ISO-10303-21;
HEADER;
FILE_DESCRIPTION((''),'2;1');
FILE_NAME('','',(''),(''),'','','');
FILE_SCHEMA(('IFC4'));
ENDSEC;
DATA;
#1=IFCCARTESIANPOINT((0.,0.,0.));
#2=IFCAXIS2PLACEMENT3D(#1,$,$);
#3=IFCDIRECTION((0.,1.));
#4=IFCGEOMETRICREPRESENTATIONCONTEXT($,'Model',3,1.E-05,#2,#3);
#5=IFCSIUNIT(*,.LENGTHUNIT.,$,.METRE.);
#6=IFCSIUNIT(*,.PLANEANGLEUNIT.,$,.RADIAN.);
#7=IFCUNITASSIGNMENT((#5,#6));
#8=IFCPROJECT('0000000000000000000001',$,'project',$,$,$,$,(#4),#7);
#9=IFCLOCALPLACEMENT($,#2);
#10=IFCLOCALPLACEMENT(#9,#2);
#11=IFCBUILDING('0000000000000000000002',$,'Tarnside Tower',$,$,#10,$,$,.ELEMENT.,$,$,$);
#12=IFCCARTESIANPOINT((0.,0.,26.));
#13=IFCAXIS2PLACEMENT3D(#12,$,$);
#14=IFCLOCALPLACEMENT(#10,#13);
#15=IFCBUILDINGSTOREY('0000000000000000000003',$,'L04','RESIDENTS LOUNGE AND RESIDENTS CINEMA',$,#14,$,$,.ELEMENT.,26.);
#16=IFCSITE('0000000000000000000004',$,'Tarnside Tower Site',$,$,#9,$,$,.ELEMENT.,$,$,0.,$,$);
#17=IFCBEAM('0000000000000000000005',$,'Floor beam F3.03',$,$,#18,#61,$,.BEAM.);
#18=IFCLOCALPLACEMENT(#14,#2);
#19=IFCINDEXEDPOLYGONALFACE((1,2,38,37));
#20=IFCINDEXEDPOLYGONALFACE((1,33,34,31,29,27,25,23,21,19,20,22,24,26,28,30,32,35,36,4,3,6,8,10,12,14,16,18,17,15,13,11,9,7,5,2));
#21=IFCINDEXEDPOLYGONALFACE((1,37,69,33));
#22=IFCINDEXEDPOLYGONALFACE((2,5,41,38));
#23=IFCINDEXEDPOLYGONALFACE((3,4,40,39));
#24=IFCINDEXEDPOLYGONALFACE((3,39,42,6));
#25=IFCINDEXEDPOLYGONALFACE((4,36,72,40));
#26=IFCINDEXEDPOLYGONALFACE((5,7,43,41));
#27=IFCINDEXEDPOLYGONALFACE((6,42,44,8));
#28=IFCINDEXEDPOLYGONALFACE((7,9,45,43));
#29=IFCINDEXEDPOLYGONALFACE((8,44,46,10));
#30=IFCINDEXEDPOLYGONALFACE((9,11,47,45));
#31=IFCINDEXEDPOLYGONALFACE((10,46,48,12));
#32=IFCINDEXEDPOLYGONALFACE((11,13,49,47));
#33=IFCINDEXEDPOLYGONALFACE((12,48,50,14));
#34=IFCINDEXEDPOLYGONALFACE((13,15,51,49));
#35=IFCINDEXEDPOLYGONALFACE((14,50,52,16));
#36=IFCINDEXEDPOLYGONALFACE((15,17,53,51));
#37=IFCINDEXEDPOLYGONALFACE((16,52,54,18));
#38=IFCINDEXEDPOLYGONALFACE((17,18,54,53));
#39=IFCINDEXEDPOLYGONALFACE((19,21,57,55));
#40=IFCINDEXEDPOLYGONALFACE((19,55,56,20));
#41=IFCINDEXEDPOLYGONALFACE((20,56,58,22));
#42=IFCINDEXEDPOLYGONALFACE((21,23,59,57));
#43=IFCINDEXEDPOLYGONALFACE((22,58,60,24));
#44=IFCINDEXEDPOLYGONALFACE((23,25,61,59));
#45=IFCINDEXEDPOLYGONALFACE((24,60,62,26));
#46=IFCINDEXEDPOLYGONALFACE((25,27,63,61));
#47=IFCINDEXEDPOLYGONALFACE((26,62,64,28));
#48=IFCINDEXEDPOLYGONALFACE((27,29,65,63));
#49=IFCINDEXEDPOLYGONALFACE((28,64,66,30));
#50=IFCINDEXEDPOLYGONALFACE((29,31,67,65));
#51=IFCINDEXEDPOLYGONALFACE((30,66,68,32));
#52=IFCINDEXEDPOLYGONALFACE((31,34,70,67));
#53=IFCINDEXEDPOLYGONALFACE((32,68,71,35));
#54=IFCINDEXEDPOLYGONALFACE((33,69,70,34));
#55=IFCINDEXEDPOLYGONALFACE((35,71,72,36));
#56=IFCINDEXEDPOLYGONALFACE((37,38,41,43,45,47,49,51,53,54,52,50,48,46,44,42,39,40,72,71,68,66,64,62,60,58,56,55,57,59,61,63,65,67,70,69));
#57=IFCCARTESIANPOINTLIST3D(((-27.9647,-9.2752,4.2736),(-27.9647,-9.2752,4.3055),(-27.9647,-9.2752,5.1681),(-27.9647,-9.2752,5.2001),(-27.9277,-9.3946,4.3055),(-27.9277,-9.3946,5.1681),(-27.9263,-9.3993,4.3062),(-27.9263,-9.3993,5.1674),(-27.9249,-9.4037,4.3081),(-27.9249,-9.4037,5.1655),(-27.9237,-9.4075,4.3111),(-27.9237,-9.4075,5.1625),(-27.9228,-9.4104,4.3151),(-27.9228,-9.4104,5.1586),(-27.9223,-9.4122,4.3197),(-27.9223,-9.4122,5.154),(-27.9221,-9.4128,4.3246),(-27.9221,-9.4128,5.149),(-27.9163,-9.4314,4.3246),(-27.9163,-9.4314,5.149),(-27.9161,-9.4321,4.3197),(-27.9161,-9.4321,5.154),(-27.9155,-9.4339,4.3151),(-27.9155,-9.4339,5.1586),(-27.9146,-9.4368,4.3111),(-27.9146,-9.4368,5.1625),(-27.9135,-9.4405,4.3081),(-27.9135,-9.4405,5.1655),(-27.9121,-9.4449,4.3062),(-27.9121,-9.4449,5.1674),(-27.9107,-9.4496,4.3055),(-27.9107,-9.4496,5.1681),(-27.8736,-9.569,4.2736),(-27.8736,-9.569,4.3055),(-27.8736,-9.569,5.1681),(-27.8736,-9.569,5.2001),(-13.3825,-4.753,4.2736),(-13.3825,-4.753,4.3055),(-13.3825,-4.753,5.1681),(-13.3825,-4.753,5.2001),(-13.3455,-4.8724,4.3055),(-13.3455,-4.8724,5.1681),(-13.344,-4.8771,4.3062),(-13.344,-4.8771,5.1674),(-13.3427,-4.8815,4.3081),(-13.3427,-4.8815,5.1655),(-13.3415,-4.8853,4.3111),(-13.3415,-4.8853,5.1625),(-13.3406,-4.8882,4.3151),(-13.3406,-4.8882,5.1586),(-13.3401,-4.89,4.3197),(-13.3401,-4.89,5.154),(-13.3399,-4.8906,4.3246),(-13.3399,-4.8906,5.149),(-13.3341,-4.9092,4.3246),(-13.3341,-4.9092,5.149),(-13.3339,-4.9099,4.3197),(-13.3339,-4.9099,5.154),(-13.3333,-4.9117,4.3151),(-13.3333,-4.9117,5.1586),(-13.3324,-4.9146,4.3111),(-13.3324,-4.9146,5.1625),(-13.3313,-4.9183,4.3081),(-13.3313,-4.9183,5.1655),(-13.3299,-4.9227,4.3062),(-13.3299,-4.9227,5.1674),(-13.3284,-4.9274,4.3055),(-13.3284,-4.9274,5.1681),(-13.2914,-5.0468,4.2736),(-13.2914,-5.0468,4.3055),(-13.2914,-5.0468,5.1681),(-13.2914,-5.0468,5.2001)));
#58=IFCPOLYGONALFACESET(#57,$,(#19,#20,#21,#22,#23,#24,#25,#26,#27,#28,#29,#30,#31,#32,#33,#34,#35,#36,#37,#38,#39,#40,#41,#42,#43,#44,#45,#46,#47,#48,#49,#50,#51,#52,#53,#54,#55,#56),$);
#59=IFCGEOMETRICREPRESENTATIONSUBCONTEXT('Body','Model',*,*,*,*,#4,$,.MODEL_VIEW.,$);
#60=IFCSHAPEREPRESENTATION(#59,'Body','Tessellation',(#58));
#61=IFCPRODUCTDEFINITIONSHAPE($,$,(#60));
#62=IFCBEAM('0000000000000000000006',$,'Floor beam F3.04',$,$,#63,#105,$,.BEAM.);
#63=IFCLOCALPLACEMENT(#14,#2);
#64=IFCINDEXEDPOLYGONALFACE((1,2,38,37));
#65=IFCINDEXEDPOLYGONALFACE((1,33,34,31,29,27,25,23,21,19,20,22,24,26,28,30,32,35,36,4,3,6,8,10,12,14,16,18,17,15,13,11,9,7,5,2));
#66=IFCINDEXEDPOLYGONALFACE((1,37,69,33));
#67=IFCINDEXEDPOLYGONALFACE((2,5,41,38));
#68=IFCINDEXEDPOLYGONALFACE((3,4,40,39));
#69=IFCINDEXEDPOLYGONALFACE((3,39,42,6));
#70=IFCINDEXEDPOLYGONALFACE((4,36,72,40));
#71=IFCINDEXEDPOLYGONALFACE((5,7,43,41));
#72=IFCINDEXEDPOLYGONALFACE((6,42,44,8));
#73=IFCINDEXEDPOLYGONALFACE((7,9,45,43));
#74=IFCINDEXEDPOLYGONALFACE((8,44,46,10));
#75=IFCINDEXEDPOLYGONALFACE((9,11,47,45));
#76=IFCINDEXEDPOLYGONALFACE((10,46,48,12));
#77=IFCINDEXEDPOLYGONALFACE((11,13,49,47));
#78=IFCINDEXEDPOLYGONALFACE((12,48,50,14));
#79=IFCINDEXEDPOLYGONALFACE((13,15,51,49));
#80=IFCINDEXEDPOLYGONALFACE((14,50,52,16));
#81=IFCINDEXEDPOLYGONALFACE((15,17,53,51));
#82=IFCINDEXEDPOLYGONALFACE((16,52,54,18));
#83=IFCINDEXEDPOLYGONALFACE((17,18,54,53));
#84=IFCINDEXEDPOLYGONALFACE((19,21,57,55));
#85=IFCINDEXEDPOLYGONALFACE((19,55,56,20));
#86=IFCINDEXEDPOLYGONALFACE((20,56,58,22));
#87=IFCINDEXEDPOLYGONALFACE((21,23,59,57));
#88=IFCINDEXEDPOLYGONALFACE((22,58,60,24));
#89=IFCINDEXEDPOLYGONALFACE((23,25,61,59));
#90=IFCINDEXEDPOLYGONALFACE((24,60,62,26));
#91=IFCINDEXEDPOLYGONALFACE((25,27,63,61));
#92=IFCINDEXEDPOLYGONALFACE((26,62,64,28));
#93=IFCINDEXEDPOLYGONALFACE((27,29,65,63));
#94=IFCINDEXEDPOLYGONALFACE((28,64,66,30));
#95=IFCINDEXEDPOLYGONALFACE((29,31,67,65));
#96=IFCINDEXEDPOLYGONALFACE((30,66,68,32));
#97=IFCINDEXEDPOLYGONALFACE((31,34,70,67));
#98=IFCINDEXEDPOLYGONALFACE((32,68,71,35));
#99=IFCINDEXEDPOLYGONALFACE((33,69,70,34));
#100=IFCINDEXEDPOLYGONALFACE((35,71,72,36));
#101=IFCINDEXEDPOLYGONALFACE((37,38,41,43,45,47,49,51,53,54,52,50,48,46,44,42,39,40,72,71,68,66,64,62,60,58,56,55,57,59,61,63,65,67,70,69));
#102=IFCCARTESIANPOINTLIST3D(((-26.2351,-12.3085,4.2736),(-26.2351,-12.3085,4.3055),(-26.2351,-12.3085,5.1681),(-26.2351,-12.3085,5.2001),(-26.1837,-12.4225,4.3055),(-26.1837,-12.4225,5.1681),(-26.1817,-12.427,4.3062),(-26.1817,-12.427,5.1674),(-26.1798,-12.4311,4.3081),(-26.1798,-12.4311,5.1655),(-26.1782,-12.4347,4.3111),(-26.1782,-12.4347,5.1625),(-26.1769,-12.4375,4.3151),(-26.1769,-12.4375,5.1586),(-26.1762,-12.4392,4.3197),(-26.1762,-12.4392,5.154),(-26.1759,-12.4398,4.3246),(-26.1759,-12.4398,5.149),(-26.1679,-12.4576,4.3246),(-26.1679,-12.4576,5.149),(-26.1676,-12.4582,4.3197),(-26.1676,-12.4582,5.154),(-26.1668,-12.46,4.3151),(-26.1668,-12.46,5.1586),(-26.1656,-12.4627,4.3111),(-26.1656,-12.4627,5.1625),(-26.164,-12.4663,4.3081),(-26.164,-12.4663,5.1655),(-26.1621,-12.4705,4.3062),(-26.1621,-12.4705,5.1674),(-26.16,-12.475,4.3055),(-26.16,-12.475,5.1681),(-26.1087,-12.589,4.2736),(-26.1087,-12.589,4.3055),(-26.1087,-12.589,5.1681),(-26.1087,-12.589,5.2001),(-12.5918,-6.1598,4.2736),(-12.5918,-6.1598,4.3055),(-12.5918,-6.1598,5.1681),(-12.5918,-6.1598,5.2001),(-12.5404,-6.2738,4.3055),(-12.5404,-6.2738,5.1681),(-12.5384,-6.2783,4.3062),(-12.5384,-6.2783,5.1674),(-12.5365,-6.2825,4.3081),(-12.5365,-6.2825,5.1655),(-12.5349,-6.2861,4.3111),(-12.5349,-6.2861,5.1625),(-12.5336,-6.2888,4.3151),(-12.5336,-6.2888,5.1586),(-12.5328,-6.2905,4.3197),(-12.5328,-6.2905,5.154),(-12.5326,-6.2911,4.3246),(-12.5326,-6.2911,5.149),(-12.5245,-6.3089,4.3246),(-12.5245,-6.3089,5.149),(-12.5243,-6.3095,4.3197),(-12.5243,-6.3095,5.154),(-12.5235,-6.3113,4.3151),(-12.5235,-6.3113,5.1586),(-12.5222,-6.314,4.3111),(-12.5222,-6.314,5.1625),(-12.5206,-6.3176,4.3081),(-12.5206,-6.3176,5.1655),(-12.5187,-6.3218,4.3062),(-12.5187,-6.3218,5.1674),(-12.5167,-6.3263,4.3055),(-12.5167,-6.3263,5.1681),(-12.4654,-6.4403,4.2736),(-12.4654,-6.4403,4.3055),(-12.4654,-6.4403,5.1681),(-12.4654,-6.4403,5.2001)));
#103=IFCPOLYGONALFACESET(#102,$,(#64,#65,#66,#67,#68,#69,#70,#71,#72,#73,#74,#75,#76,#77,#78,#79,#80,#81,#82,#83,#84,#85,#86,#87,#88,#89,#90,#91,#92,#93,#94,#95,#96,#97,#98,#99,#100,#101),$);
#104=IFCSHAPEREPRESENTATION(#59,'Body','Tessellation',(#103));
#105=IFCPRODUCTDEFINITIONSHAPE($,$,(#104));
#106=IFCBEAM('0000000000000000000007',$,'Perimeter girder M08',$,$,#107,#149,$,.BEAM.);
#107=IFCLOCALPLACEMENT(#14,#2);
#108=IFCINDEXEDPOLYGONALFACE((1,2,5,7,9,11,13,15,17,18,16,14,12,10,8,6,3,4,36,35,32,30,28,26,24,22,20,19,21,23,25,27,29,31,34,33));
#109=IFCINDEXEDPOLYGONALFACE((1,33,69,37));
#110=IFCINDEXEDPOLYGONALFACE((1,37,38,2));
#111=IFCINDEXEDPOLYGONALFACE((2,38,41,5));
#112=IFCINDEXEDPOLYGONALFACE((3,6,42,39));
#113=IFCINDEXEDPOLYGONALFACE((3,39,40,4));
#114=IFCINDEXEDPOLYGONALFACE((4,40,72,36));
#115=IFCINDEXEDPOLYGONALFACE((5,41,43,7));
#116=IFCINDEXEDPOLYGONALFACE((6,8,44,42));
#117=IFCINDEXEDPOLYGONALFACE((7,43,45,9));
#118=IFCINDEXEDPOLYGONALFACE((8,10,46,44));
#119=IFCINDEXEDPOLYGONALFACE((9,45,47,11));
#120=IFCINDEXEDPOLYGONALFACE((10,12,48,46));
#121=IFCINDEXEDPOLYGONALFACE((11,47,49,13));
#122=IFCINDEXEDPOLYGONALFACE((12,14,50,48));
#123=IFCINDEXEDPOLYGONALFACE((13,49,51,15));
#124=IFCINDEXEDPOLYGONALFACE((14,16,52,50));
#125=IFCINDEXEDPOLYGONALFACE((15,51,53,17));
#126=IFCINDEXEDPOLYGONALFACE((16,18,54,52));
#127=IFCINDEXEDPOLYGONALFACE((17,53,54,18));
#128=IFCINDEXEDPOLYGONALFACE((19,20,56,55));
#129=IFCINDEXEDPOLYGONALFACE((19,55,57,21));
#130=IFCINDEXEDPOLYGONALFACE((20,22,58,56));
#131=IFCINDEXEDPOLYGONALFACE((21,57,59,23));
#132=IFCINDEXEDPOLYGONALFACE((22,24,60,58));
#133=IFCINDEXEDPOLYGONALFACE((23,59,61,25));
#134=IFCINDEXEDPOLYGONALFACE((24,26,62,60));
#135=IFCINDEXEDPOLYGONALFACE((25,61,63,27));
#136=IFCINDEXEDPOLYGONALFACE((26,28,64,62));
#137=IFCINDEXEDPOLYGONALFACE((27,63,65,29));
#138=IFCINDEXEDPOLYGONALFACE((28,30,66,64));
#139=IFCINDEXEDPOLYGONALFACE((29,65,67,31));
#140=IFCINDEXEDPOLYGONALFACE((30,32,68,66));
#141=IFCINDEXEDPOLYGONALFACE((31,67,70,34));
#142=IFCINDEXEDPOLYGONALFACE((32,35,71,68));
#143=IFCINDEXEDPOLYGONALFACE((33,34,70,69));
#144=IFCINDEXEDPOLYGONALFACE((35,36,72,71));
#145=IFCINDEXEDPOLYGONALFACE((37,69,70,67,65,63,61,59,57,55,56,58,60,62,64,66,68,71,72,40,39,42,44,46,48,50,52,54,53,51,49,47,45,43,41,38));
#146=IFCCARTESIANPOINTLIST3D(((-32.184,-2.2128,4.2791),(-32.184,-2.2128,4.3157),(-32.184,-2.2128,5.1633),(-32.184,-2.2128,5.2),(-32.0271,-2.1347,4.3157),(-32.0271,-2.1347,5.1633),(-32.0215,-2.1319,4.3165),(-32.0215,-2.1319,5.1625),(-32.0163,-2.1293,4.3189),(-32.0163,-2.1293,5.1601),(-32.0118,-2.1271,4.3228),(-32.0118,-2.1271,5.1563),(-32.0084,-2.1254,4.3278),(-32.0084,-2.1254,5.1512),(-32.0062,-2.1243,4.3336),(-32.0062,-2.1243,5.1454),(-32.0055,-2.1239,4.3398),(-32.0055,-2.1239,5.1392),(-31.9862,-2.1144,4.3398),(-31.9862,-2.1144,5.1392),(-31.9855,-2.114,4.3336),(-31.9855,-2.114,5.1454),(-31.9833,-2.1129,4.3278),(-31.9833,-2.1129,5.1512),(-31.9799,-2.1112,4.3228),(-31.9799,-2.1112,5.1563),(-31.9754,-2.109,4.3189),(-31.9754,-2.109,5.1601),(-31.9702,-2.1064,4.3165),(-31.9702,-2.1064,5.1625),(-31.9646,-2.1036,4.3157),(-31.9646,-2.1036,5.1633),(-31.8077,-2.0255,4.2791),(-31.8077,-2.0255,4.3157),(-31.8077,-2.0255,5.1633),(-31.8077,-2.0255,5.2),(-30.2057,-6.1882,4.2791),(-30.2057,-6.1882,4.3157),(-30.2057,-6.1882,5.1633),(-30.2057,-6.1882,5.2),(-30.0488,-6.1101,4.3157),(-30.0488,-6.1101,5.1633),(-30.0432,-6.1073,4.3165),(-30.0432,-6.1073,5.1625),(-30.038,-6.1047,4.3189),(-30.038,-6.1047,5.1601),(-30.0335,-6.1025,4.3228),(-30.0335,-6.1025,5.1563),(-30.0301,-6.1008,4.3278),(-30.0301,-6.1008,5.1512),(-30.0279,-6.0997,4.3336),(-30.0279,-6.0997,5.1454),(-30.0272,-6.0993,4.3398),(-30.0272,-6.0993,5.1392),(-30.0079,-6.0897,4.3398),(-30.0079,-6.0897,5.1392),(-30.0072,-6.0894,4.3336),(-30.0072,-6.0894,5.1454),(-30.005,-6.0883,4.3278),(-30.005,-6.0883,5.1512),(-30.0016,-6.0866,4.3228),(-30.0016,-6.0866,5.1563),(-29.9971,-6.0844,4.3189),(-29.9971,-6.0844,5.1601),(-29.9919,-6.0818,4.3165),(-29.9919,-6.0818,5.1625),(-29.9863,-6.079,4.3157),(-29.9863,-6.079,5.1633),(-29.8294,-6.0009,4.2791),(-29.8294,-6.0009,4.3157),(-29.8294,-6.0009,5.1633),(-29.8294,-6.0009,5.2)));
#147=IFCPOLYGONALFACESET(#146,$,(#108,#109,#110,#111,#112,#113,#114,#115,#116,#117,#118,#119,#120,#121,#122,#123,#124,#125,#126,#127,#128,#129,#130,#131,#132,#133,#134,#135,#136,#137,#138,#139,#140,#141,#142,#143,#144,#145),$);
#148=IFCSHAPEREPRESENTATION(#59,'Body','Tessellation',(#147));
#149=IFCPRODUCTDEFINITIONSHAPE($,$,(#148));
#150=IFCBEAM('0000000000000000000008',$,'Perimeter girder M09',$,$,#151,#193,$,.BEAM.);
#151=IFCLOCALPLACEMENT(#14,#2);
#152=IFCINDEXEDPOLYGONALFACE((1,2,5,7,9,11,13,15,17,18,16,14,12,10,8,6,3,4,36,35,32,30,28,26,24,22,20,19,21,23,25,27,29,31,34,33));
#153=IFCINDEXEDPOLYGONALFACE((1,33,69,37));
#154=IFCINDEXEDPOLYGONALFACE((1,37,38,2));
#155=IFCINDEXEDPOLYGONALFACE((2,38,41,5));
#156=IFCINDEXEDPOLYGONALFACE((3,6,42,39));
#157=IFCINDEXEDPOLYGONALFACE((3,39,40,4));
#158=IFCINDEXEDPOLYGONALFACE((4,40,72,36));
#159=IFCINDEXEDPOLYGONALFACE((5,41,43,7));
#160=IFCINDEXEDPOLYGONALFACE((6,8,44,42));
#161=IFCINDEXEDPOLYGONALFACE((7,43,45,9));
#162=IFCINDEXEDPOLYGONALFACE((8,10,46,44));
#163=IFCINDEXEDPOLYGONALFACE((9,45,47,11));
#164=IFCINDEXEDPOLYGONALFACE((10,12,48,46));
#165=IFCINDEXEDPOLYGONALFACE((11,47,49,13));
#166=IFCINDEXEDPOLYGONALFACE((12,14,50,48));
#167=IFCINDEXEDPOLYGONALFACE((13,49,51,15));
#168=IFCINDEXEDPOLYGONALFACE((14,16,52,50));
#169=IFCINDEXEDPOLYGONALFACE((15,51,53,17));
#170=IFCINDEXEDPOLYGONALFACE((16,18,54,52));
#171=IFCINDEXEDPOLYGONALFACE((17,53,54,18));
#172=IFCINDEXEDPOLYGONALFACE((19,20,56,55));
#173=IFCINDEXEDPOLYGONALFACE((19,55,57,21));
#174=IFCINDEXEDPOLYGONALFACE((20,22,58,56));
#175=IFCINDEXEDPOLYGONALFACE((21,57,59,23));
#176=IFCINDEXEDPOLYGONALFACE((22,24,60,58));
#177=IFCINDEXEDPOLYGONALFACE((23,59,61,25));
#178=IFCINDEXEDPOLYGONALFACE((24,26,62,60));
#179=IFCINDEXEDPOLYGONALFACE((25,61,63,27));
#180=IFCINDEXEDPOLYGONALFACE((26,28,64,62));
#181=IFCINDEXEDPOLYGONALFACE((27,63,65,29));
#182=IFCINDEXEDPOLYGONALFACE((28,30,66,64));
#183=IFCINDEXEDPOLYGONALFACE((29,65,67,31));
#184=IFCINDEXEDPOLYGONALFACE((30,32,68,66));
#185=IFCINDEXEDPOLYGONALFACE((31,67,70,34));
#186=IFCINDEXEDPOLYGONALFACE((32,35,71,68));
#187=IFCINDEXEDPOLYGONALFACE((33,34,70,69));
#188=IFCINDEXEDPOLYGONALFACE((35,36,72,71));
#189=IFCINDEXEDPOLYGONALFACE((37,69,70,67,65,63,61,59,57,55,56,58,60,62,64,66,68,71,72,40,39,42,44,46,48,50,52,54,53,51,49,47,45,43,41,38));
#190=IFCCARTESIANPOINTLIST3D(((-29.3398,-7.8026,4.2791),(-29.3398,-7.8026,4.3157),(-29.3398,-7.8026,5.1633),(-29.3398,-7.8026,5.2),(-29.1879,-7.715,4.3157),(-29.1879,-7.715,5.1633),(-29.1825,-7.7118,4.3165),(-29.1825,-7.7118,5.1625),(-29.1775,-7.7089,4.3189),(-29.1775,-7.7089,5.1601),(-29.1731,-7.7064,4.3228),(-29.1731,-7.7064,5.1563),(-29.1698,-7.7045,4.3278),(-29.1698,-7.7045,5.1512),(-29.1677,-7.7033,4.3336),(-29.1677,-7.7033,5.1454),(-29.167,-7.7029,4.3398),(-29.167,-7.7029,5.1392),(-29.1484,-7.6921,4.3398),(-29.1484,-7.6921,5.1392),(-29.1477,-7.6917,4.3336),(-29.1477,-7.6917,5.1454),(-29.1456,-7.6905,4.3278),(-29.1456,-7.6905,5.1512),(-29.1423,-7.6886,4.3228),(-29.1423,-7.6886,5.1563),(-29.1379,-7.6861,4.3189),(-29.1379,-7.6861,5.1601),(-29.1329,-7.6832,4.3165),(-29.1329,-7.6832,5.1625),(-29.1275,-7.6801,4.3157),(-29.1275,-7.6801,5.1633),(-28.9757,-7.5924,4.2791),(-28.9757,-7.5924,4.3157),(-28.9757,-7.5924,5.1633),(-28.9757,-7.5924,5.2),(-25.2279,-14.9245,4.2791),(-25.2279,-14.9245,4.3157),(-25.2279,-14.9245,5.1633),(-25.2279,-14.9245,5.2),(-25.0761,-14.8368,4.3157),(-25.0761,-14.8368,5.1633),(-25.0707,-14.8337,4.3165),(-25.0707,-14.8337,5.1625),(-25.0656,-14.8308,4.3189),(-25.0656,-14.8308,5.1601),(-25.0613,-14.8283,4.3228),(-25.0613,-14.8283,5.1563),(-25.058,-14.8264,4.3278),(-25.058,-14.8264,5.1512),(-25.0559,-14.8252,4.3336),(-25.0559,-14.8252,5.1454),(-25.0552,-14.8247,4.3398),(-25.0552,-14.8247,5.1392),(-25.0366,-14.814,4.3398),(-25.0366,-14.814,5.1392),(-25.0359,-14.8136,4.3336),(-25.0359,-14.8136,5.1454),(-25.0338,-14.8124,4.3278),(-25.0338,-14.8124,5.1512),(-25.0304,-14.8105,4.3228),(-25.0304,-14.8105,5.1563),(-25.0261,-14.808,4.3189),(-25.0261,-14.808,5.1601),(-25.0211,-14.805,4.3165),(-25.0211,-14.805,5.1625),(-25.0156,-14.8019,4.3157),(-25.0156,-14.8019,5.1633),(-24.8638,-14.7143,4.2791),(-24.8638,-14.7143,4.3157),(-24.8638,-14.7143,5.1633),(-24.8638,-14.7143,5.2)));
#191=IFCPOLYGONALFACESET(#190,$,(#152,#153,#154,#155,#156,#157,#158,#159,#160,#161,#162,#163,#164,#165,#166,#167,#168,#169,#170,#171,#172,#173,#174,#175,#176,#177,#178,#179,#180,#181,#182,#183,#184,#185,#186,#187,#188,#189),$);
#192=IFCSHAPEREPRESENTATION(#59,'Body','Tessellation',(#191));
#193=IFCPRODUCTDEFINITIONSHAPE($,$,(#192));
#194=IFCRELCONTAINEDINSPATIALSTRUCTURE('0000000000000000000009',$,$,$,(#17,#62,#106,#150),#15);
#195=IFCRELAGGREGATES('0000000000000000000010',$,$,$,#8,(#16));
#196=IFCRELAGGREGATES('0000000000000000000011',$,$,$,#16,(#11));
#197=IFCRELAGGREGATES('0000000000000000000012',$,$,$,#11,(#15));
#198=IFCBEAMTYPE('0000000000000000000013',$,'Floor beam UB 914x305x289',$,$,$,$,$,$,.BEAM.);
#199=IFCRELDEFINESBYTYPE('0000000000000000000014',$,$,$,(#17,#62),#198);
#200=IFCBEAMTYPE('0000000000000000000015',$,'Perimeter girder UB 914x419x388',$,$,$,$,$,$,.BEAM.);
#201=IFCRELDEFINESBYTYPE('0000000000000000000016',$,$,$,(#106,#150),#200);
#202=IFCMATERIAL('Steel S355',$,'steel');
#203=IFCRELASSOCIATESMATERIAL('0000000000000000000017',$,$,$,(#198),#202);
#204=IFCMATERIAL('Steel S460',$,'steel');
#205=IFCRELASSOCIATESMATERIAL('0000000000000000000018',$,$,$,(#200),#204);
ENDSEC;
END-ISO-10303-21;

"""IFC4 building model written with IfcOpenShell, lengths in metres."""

from ifc_helpers import new_model, si_unit, direction, frame, origin, origin_2d, place, context, subcontext, project, spatial, i_section, extrude, material, material_profile, profile_set, type_object, element, save


model = new_model("IFC4")

# Units and contexts
model_context = context("Model", 3, precision=1e-05, world=origin(), true_north=direction((0.0, 1.0)))
body_context = subcontext(model_context, "Body", "Model", "MODEL_VIEW")
ifc_project = project(units=[si_unit("LENGTHUNIT", "METRE"), si_unit("PLANEANGLEUNIT", "RADIAN")], contexts=[model_context])

# Site, building, storey
site_placement = place(None, origin())
site = spatial("IfcSite", under=ifc_project, at=site_placement, Name="Tarnside Tower Site", CompositionType="ELEMENT", RefElevation=0.0)
building_placement = place(site_placement, origin())
building = spatial("IfcBuilding", under=site, at=building_placement, Name="Tarnside Tower", CompositionType="ELEMENT")
storey_placement = place(building_placement, frame((0.0, 0.0, 26.0)))
storey = spatial("IfcBuildingStorey", under=building, at=storey_placement, Name="L04", Description="RESIDENTS LOUNGE AND RESIDENTS CINEMA", CompositionType="ELEMENT", Elevation=26.0)

# Beams
ifc_material_1 = material(Name="Steel S355", Category="steel")
ifc_material_profile_1 = material_profile(ifc_material_1, i_section(OverallWidth=0.3076, OverallDepth=0.9265, WebThickness=0.0195, FlangeThickness=0.032, FilletRadius=0.019, at=origin_2d()), Name="UB 914x305x289")
ifc_profile_set_1 = profile_set([ifc_material_profile_1], Name="Steel S355")
beam_type_1 = type_object("IfcBeamType", Name="Floor beam UB 914x305x289", PredefinedType="BEAM", material=ifc_profile_set_1)
beam_1_placement = place(storey_placement, frame((-27.9192, -9.4221, 4.7368), z_axis=(0.955126, 0.296201, 0.0), x_axis=(-0.296201, 0.955126, 0.0)))
element("IfcBeam", 1, at=beam_1_placement, inside=storey, type_object=beam_type_1, Name="Floor beam F3.03", PredefinedType="BEAM", context=body_context, shape_type="SweptSolid", body=[
    extrude(i_section(OverallWidth=0.3076, OverallDepth=0.9265, WebThickness=0.0195, FlangeThickness=0.032, FilletRadius=0.019, at=origin_2d()), origin(), (0.0, 0.0, 1.0), 15.2673),
])
beam_2_placement = place(storey_placement, frame((-26.1719, -12.4487, 4.7368), z_axis=(0.911692, 0.410875, 0.0), x_axis=(-0.410875, 0.911692, 0.0)))
element("IfcBeam", 2, at=beam_2_placement, inside=storey, type_object=beam_type_1, Name="Floor beam F3.04", PredefinedType="BEAM", context=body_context, shape_type="SweptSolid", body=[
    extrude(i_section(OverallWidth=0.3076, OverallDepth=0.9265, WebThickness=0.0195, FlangeThickness=0.032, FilletRadius=0.019, at=origin_2d()), origin(), (0.0, 0.0, 1.0), 14.9648),
])
ifc_material_2 = material(Name="Steel S460", Category="steel")
ifc_material_profile_2 = material_profile(ifc_material_2, i_section(OverallWidth=0.4204, OverallDepth=0.9209, WebThickness=0.0215, FlangeThickness=0.0366, FilletRadius=0.0242, at=origin_2d()), Name="UB 914x419x388")
ifc_profile_set_2 = profile_set([ifc_material_profile_2], Name="Steel S460")
beam_type_2 = type_object("IfcBeamType", Name="Perimeter girder UB 914x419x388", PredefinedType="BEAM", material=ifc_profile_set_2)
beam_3_placement = place(storey_placement, frame((-31.9958, -2.1191, 4.7395), z_axis=(0.445519, -0.895272, 0.0), x_axis=(0.895272, 0.445519, 0.0)))
element("IfcBeam", 3, at=beam_3_placement, inside=storey, type_object=beam_type_2, Name="Perimeter girder M08", PredefinedType="BEAM", context=body_context, shape_type="SweptSolid", body=[
    extrude(i_section(OverallWidth=0.4204, OverallDepth=0.9209, WebThickness=0.0215, FlangeThickness=0.0366, FilletRadius=0.0242, at=origin_2d()), origin(), (0.0, 0.0, 1.0), 4.4404),
])
beam_4_placement = place(storey_placement, frame((-29.1577, -7.6975, 4.7395), z_axis=(0.500003, -0.866024, 0.0), x_axis=(0.866024, 0.500003, 0.0)))
element("IfcBeam", 4, at=beam_4_placement, inside=storey, type_object=beam_type_2, Name="Perimeter girder M09", PredefinedType="BEAM", context=body_context, shape_type="SweptSolid", body=[
    extrude(i_section(OverallWidth=0.4204, OverallDepth=0.9209, WebThickness=0.0215, FlangeThickness=0.0366, FilletRadius=0.0242, at=origin_2d()), origin(), (0.0, 0.0, 1.0), 8.2236),
])

save(model, "model.ifc")
